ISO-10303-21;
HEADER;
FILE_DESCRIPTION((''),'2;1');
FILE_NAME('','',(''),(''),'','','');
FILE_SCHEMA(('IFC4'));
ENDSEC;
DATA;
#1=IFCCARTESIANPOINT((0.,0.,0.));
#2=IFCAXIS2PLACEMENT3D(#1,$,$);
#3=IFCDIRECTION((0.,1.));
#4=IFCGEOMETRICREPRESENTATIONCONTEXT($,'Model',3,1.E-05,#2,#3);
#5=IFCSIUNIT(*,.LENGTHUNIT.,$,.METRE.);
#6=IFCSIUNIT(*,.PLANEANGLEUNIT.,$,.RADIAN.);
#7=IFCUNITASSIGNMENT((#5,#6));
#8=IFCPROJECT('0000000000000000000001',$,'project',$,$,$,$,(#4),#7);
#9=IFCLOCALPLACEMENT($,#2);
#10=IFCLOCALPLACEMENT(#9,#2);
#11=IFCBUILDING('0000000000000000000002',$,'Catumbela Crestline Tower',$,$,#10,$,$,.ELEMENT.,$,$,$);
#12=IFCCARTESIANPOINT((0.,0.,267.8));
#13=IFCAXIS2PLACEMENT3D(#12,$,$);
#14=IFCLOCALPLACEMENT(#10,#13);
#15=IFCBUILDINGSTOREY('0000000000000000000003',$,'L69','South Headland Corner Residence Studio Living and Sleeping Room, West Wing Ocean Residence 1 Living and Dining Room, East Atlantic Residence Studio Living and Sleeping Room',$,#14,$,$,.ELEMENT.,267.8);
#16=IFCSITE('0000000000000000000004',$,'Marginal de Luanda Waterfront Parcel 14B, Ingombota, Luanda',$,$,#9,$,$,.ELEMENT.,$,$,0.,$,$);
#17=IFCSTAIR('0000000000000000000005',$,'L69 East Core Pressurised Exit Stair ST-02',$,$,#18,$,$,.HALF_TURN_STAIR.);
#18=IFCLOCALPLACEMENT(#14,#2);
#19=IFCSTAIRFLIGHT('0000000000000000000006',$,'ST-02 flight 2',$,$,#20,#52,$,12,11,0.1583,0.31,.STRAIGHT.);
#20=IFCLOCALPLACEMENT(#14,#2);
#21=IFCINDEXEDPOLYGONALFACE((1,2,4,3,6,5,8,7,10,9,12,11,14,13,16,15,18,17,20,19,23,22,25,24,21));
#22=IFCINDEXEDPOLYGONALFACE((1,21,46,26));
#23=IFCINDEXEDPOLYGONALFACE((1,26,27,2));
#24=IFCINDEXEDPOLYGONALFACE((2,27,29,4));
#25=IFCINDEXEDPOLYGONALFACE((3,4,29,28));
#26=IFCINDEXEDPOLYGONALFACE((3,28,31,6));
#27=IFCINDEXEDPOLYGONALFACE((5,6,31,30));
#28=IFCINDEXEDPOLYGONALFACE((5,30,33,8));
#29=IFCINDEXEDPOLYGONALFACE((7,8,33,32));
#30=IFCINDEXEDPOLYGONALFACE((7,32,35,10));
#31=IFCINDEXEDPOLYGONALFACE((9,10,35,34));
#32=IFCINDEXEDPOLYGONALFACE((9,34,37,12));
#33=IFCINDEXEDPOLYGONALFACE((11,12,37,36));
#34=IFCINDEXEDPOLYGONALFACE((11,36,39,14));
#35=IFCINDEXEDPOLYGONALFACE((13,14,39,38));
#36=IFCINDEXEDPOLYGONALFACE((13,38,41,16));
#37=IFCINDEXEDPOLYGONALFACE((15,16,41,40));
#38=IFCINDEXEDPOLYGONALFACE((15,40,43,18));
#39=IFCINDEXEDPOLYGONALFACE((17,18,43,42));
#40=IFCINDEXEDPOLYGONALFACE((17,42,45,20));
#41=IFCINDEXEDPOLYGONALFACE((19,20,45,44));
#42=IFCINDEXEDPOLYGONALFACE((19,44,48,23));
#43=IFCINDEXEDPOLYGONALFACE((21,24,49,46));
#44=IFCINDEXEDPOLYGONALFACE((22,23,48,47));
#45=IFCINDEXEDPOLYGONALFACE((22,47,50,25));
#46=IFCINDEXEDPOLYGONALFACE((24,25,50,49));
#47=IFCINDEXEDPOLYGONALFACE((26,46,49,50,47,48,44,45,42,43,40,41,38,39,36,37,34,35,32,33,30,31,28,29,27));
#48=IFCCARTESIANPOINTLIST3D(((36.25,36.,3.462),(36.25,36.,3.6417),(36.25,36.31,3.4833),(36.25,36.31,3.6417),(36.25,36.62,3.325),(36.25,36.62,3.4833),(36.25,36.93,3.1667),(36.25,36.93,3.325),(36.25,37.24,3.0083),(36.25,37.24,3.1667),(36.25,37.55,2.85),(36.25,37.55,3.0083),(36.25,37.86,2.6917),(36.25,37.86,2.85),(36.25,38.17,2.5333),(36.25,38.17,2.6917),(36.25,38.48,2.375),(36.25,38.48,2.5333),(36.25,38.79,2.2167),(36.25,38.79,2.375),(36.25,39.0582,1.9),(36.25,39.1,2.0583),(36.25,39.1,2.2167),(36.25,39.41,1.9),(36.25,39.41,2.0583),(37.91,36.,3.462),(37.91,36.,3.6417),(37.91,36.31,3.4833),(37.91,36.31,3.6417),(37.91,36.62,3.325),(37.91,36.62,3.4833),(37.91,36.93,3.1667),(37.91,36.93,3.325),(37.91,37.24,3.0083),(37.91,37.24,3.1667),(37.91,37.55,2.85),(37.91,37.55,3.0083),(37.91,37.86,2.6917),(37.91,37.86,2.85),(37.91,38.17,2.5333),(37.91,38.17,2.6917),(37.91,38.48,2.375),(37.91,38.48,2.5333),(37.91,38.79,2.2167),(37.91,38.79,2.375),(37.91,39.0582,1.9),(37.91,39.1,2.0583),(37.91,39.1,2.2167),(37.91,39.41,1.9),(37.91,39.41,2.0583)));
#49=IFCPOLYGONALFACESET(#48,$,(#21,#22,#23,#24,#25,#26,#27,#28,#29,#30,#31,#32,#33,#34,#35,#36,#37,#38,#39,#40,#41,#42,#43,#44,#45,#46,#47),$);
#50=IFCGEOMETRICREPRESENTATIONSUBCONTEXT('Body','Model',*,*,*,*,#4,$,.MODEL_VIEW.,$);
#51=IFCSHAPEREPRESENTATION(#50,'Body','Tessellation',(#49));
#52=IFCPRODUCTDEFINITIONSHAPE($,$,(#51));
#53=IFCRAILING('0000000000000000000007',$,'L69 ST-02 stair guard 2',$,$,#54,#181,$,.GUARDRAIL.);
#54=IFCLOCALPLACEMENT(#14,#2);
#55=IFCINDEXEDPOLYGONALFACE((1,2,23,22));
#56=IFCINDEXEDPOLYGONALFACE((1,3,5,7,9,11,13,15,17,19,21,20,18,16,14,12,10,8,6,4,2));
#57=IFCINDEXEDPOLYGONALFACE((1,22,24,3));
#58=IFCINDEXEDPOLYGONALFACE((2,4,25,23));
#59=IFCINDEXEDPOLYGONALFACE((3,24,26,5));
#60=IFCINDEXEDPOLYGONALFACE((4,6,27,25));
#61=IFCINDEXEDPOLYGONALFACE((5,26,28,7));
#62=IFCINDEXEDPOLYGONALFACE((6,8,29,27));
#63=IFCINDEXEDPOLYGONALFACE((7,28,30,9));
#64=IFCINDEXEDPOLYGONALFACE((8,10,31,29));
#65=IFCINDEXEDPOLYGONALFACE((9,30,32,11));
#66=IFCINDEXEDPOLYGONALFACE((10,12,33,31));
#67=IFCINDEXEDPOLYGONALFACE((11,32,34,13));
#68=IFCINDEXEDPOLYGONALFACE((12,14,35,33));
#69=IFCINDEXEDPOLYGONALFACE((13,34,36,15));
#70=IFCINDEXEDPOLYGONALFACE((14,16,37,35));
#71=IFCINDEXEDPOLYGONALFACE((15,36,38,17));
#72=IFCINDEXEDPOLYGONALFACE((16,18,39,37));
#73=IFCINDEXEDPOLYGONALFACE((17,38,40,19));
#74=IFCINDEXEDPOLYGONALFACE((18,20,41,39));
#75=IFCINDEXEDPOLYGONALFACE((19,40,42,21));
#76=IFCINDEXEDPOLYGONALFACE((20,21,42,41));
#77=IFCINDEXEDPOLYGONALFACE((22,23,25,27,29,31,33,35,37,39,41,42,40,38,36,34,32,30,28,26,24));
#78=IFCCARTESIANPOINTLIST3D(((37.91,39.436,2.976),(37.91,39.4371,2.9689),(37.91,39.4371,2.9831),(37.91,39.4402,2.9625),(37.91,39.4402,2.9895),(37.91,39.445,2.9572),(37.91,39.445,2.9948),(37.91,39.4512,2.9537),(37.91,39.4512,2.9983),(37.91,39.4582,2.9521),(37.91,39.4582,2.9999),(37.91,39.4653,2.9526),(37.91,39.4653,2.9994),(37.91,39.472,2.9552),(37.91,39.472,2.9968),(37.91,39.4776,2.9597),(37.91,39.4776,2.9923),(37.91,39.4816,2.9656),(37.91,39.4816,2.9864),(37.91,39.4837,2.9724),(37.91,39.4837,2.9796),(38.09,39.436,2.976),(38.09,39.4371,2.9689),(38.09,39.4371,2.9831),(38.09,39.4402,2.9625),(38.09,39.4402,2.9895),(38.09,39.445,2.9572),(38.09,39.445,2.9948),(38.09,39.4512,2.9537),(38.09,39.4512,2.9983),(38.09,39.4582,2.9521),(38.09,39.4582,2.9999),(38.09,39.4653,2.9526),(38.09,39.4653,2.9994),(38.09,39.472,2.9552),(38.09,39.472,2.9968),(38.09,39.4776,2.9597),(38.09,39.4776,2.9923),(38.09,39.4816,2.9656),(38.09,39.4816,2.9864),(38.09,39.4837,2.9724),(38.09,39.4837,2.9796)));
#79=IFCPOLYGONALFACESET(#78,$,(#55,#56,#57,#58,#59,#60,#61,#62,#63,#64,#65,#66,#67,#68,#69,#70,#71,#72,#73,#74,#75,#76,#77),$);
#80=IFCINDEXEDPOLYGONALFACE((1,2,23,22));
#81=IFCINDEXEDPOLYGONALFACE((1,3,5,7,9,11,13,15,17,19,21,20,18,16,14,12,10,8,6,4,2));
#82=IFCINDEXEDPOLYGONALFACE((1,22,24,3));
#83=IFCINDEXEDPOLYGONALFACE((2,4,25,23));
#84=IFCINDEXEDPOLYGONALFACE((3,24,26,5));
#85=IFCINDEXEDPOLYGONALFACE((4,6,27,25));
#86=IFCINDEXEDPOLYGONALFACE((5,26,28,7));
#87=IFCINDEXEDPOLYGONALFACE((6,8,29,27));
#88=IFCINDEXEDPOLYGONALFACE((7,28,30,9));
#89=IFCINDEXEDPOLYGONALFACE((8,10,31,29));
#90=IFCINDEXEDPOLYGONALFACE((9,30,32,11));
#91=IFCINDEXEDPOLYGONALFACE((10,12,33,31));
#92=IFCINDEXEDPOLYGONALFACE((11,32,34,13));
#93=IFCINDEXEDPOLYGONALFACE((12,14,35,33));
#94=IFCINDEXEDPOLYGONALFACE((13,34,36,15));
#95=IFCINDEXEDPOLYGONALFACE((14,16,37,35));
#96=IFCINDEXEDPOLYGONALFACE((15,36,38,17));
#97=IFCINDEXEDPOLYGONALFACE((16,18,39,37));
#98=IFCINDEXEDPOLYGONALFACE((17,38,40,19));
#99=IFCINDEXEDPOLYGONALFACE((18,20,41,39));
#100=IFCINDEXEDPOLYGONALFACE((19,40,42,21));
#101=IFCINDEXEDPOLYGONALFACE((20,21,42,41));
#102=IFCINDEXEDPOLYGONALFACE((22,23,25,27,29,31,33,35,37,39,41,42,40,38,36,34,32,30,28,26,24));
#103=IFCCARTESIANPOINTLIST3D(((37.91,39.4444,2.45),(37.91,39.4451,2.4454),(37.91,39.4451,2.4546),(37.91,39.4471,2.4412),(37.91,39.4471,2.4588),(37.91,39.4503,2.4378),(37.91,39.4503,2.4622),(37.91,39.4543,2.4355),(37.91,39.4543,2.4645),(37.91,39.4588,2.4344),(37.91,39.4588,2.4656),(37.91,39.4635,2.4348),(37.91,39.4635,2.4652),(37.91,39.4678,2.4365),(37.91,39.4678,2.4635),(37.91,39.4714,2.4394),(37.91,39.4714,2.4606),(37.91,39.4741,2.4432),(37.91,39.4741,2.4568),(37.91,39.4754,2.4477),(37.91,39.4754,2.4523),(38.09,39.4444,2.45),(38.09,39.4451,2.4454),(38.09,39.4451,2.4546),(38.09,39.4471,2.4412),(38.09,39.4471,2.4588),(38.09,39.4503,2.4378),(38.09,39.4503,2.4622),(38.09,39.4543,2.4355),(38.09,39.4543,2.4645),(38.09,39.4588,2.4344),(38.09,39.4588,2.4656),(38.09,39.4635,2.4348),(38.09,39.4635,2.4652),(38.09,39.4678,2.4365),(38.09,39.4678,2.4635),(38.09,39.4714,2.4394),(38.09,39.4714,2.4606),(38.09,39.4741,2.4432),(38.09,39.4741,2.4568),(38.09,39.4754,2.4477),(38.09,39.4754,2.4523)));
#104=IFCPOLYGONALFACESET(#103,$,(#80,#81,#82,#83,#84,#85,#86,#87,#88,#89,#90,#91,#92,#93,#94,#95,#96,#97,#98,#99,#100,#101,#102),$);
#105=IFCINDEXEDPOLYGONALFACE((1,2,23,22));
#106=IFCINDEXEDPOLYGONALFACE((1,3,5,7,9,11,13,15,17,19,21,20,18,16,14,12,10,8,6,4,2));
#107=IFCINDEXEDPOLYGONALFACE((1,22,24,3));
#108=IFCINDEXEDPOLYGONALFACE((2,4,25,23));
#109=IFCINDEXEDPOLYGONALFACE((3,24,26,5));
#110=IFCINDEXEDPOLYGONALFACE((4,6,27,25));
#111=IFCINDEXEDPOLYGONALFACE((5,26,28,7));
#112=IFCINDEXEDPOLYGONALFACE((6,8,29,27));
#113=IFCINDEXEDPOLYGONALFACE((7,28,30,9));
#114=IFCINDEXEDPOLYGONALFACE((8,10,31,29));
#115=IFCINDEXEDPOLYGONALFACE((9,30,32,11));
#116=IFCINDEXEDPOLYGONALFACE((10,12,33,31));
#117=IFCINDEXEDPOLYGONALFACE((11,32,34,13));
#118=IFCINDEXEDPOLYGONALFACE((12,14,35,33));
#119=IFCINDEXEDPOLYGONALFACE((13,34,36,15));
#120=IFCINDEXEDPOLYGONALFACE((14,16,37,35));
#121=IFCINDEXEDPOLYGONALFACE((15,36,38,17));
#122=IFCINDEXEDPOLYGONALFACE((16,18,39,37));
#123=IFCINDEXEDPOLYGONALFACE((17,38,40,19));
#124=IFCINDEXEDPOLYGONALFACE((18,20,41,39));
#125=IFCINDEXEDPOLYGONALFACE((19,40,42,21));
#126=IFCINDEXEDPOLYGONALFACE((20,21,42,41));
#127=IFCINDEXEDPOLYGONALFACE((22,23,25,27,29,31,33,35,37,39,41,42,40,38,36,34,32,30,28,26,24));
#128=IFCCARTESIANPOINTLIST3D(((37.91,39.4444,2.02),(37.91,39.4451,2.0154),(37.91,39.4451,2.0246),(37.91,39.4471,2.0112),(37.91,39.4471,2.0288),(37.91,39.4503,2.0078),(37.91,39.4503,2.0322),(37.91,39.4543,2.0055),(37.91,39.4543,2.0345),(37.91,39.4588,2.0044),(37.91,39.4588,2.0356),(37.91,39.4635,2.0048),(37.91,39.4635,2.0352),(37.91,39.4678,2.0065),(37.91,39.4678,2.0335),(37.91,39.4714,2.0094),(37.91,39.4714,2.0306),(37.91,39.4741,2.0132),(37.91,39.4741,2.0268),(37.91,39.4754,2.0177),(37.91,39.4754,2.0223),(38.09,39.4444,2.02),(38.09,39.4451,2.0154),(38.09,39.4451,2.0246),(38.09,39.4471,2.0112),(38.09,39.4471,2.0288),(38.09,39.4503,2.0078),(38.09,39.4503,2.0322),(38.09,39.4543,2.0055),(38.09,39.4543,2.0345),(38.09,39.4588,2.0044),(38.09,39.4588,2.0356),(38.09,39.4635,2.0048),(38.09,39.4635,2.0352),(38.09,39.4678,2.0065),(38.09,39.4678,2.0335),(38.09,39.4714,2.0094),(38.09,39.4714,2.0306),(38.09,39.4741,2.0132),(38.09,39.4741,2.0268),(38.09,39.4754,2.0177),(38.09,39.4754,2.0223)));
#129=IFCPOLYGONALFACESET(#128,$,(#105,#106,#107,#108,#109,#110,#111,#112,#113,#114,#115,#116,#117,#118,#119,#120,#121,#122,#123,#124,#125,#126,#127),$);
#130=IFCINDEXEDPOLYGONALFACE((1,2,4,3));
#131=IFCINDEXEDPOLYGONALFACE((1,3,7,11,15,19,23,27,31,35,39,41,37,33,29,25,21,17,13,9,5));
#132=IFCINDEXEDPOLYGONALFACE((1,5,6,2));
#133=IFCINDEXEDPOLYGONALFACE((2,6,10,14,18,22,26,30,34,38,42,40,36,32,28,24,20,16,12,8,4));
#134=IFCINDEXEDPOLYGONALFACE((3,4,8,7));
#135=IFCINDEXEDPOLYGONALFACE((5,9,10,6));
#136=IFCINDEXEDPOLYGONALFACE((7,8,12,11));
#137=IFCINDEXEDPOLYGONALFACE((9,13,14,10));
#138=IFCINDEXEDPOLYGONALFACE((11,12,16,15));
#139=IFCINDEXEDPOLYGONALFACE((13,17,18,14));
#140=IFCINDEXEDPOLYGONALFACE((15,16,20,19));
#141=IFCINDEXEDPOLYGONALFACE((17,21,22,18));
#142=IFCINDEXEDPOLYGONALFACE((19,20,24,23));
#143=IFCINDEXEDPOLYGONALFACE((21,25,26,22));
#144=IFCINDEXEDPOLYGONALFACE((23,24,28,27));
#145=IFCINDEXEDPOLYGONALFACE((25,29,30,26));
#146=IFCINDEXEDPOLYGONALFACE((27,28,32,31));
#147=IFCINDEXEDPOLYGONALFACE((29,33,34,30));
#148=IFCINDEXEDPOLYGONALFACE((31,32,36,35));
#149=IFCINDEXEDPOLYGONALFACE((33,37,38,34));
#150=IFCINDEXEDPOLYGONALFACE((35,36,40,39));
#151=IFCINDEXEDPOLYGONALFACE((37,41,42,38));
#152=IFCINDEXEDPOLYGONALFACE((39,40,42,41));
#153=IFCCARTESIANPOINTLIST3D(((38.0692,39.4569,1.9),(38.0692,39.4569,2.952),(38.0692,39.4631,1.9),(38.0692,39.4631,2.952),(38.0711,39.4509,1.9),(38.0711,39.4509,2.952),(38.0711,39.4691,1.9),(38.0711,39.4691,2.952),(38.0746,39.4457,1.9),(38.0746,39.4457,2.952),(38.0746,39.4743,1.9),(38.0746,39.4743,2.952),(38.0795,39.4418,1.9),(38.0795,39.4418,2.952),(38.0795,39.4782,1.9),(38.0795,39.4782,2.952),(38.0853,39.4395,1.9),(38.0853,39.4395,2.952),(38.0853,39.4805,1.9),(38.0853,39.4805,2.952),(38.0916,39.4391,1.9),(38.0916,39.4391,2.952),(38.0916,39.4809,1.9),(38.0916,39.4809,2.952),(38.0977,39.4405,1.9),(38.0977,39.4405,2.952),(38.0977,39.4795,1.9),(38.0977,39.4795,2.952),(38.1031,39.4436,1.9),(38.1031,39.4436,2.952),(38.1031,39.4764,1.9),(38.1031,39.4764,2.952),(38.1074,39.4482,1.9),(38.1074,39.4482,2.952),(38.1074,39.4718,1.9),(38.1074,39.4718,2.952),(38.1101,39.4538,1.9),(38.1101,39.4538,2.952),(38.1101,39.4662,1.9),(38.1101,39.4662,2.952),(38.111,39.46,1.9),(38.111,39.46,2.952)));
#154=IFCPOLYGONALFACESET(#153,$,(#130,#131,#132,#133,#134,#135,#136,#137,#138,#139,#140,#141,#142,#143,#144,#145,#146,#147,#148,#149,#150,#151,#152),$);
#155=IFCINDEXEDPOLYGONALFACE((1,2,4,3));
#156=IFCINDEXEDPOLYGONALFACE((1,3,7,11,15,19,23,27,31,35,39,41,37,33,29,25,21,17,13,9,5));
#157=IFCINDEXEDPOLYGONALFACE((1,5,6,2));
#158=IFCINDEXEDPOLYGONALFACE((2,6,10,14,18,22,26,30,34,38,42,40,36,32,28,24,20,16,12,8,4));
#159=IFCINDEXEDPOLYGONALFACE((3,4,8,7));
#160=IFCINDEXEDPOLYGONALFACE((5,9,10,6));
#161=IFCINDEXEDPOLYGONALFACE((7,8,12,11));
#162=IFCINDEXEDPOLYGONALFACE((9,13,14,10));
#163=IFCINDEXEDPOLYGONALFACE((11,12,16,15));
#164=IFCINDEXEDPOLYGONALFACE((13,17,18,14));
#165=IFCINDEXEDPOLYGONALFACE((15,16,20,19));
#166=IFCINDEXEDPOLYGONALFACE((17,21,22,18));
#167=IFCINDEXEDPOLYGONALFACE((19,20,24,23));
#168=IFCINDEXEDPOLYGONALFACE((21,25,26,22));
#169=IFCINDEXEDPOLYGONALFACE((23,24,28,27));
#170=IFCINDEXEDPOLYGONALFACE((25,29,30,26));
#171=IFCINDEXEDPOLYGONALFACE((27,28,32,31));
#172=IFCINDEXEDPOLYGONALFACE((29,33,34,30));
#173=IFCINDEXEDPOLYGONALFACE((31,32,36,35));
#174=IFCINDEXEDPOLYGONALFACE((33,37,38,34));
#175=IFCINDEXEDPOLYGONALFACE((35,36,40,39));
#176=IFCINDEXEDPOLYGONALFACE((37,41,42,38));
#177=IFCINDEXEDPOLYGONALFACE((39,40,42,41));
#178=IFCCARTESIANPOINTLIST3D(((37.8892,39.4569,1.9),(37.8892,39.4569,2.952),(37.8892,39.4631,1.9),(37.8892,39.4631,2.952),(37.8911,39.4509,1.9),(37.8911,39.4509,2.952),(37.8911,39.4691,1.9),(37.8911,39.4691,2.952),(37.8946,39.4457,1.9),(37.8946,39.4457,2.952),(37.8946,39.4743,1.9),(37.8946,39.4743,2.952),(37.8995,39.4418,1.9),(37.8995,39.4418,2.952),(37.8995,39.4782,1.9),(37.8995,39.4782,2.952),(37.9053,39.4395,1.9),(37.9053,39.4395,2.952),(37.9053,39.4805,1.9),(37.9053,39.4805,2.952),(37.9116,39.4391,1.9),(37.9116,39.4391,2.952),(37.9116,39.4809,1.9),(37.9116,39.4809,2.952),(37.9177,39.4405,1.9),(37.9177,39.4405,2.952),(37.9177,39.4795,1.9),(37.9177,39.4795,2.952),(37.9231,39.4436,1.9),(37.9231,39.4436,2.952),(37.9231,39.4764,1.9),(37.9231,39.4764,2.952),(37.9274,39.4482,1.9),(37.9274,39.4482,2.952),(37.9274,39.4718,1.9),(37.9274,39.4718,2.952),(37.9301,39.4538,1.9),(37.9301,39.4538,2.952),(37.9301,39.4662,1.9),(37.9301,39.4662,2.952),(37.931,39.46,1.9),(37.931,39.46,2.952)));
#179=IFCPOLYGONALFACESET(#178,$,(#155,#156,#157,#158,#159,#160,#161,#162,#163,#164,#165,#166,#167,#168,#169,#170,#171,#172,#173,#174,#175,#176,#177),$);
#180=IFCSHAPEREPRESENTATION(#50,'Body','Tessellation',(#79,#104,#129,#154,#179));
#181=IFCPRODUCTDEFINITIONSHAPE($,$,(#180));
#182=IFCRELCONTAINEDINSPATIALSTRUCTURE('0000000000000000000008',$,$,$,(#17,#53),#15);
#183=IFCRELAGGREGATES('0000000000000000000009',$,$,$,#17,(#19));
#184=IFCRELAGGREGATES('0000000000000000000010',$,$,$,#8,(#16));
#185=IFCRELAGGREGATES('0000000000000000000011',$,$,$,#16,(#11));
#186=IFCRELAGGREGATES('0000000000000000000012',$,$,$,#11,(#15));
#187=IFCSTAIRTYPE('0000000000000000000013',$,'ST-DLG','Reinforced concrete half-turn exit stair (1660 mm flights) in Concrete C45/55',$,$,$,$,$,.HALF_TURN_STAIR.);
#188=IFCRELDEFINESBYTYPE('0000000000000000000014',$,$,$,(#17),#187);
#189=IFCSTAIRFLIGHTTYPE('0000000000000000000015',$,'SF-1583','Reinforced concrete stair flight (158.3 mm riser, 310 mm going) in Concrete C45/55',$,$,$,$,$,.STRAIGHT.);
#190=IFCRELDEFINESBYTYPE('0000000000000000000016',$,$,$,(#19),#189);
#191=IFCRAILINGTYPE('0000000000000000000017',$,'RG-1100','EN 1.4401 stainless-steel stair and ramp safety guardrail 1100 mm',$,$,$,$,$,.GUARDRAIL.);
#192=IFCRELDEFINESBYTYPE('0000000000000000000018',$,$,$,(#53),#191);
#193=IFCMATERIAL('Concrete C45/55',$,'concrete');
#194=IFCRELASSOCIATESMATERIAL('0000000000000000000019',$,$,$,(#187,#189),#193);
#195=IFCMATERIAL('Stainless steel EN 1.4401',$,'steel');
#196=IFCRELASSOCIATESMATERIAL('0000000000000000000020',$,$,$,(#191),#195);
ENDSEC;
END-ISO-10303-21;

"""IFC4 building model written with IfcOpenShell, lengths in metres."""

from ifc_helpers import new_model, si_unit, direction, frame, origin, origin_2d, place, context, subcontext, project, spatial, polyline, circle, outline, extrude, material, type_object, element, aggregate, save


model = new_model("IFC4")

# Units and contexts
model_context = context("Model", 3, precision=1e-05, world=origin(), true_north=direction((0.0, 1.0)))
body_context = subcontext(model_context, "Body", "Model", "MODEL_VIEW")
ifc_project = project(units=[si_unit("LENGTHUNIT", "METRE"), si_unit("PLANEANGLEUNIT", "RADIAN")], contexts=[model_context])

# Site, building, storey
site_placement = place(None, origin())
site = spatial("IfcSite", under=ifc_project, at=site_placement, Name="Marginal de Luanda Waterfront Parcel 14B, Ingombota, Luanda", CompositionType="ELEMENT", RefElevation=0.0)
building_placement = place(site_placement, origin())
building = spatial("IfcBuilding", under=site, at=building_placement, Name="Catumbela Crestline Tower", CompositionType="ELEMENT")
storey_placement = place(building_placement, frame((0.0, 0.0, 267.8)))
storey = spatial("IfcBuildingStorey", under=building, at=storey_placement, Name="L69", Description="South Headland Corner Residence Studio Living and Sleeping Room, West Wing Ocean Residence 1 Living and Dining Room, East Atlantic Residence Studio Living and Sleeping Room", CompositionType="ELEMENT", Elevation=267.8)

# Shared definitions
ifc_material_1 = material(Name="Stainless steel EN 1.4401", Category="steel")

# Stair, stair flight
ifc_material_2 = material(Name="Concrete C45/55", Category="concrete")
stair_type = type_object("IfcStairType", Name="ST-DLG", Description="Reinforced concrete half-turn exit stair (1660 mm flights) in Concrete C45/55", PredefinedType="HALF_TURN_STAIR", material=ifc_material_2)
stair_placement = place(storey_placement, origin())
stair = element("IfcStair", 1, at=stair_placement, inside=storey, type_object=stair_type, Name="L69 East Core Pressurised Exit Stair ST-02", PredefinedType="HALF_TURN_STAIR")
stair_flight_type = type_object("IfcStairFlightType", Name="SF-1583", Description="Reinforced concrete stair flight (158.3 mm riser, 310 mm going) in Concrete C45/55", PredefinedType="STRAIGHT", material=ifc_material_2)
stair_flight_1_placement = place(storey_placement, frame((37.08, 39.41, 1.9), z_axis=(0.0, 0.0, 1.0), x_axis=(0.0, -1.0, 0.0)))
stair_flight_1 = element("IfcStairFlight", 2, at=stair_flight_1_placement, type_object=stair_flight_type, Name="ST-02 flight 2", NumberOfRisers=12, NumberOfTreads=11, PredefinedType="STRAIGHT", RiserHeight=0.1583, TreadLength=0.31, context=body_context, shape_type="SweptSolid", body=[
    extrude(outline(polyline([(0.0, 0.0), (0.0, 0.1583), (0.31, 0.1583), (0.31, 0.3167), (0.62, 0.3167), (0.62, 0.475), (0.93, 0.475), (0.93, 0.6333), (1.24, 0.6333), (1.24, 0.7917), (1.55, 0.7917), (1.55, 0.95), (1.86, 0.95), (1.86, 1.1083), (2.17, 1.1083), (2.17, 1.2667), (2.48, 1.2667), (2.48, 1.425), (2.79, 1.425), (2.79, 1.5833), (3.1, 1.5833), (3.1, 1.7417), (3.41, 1.7417), (3.41, 1.9), (3.41, 1.562), (0.3518, 0.0), (0.0, 0.0)])), frame((0.0, 0.83, 0.0), z_axis=(0.0, -1.0, 0.0), x_axis=(1.0, 0.0, 0.0)), (0.0, 0.0, 1.0), 1.66),
])
aggregate(stair, [stair_flight_1])

# Railing
railing_type_1 = type_object("IfcRailingType", Name="RG-1100", Description="EN 1.4401 stainless-steel stair and ramp safety guardrail 1100 mm", PredefinedType="GUARDRAIL", material=ifc_material_1)
railing_1_placement = place(storey_placement, frame((38.09, 39.46, 1.9)))
element("IfcRailing", 3, at=railing_1_placement, inside=storey, type_object=railing_type_1, Name="L69 ST-02 stair guard 2", PredefinedType="GUARDRAIL", context=body_context, shape_type="SweptSolid", body=[
    extrude(circle(Radius=0.024, at=origin_2d()), frame((0.0, 0.0, 1.076), z_axis=(-1.0, 0.0, 0.0), x_axis=(0.0, -1.0, 0.0)), (0.0, 0.0, 1.0), 0.18),
    extrude(circle(Radius=0.0156, at=origin_2d()), frame((0.0, 0.0, 0.55), z_axis=(-1.0, 0.0, 0.0), x_axis=(0.0, -1.0, 0.0)), (0.0, 0.0, 1.0), 0.18),
    extrude(circle(Radius=0.0156, at=origin_2d()), frame((0.0, 0.0, 0.12), z_axis=(-1.0, 0.0, 0.0), x_axis=(0.0, -1.0, 0.0)), (0.0, 0.0, 1.0), 0.18),
    extrude(circle(Radius=0.021, at=origin_2d()), origin(), (0.0, 0.0, 1.0), 1.052),
    extrude(circle(Radius=0.021, at=origin_2d()), frame((-0.18, 0.0, 0.0)), (0.0, 0.0, 1.0), 1.052),
])

save(model, "model.ifc")
